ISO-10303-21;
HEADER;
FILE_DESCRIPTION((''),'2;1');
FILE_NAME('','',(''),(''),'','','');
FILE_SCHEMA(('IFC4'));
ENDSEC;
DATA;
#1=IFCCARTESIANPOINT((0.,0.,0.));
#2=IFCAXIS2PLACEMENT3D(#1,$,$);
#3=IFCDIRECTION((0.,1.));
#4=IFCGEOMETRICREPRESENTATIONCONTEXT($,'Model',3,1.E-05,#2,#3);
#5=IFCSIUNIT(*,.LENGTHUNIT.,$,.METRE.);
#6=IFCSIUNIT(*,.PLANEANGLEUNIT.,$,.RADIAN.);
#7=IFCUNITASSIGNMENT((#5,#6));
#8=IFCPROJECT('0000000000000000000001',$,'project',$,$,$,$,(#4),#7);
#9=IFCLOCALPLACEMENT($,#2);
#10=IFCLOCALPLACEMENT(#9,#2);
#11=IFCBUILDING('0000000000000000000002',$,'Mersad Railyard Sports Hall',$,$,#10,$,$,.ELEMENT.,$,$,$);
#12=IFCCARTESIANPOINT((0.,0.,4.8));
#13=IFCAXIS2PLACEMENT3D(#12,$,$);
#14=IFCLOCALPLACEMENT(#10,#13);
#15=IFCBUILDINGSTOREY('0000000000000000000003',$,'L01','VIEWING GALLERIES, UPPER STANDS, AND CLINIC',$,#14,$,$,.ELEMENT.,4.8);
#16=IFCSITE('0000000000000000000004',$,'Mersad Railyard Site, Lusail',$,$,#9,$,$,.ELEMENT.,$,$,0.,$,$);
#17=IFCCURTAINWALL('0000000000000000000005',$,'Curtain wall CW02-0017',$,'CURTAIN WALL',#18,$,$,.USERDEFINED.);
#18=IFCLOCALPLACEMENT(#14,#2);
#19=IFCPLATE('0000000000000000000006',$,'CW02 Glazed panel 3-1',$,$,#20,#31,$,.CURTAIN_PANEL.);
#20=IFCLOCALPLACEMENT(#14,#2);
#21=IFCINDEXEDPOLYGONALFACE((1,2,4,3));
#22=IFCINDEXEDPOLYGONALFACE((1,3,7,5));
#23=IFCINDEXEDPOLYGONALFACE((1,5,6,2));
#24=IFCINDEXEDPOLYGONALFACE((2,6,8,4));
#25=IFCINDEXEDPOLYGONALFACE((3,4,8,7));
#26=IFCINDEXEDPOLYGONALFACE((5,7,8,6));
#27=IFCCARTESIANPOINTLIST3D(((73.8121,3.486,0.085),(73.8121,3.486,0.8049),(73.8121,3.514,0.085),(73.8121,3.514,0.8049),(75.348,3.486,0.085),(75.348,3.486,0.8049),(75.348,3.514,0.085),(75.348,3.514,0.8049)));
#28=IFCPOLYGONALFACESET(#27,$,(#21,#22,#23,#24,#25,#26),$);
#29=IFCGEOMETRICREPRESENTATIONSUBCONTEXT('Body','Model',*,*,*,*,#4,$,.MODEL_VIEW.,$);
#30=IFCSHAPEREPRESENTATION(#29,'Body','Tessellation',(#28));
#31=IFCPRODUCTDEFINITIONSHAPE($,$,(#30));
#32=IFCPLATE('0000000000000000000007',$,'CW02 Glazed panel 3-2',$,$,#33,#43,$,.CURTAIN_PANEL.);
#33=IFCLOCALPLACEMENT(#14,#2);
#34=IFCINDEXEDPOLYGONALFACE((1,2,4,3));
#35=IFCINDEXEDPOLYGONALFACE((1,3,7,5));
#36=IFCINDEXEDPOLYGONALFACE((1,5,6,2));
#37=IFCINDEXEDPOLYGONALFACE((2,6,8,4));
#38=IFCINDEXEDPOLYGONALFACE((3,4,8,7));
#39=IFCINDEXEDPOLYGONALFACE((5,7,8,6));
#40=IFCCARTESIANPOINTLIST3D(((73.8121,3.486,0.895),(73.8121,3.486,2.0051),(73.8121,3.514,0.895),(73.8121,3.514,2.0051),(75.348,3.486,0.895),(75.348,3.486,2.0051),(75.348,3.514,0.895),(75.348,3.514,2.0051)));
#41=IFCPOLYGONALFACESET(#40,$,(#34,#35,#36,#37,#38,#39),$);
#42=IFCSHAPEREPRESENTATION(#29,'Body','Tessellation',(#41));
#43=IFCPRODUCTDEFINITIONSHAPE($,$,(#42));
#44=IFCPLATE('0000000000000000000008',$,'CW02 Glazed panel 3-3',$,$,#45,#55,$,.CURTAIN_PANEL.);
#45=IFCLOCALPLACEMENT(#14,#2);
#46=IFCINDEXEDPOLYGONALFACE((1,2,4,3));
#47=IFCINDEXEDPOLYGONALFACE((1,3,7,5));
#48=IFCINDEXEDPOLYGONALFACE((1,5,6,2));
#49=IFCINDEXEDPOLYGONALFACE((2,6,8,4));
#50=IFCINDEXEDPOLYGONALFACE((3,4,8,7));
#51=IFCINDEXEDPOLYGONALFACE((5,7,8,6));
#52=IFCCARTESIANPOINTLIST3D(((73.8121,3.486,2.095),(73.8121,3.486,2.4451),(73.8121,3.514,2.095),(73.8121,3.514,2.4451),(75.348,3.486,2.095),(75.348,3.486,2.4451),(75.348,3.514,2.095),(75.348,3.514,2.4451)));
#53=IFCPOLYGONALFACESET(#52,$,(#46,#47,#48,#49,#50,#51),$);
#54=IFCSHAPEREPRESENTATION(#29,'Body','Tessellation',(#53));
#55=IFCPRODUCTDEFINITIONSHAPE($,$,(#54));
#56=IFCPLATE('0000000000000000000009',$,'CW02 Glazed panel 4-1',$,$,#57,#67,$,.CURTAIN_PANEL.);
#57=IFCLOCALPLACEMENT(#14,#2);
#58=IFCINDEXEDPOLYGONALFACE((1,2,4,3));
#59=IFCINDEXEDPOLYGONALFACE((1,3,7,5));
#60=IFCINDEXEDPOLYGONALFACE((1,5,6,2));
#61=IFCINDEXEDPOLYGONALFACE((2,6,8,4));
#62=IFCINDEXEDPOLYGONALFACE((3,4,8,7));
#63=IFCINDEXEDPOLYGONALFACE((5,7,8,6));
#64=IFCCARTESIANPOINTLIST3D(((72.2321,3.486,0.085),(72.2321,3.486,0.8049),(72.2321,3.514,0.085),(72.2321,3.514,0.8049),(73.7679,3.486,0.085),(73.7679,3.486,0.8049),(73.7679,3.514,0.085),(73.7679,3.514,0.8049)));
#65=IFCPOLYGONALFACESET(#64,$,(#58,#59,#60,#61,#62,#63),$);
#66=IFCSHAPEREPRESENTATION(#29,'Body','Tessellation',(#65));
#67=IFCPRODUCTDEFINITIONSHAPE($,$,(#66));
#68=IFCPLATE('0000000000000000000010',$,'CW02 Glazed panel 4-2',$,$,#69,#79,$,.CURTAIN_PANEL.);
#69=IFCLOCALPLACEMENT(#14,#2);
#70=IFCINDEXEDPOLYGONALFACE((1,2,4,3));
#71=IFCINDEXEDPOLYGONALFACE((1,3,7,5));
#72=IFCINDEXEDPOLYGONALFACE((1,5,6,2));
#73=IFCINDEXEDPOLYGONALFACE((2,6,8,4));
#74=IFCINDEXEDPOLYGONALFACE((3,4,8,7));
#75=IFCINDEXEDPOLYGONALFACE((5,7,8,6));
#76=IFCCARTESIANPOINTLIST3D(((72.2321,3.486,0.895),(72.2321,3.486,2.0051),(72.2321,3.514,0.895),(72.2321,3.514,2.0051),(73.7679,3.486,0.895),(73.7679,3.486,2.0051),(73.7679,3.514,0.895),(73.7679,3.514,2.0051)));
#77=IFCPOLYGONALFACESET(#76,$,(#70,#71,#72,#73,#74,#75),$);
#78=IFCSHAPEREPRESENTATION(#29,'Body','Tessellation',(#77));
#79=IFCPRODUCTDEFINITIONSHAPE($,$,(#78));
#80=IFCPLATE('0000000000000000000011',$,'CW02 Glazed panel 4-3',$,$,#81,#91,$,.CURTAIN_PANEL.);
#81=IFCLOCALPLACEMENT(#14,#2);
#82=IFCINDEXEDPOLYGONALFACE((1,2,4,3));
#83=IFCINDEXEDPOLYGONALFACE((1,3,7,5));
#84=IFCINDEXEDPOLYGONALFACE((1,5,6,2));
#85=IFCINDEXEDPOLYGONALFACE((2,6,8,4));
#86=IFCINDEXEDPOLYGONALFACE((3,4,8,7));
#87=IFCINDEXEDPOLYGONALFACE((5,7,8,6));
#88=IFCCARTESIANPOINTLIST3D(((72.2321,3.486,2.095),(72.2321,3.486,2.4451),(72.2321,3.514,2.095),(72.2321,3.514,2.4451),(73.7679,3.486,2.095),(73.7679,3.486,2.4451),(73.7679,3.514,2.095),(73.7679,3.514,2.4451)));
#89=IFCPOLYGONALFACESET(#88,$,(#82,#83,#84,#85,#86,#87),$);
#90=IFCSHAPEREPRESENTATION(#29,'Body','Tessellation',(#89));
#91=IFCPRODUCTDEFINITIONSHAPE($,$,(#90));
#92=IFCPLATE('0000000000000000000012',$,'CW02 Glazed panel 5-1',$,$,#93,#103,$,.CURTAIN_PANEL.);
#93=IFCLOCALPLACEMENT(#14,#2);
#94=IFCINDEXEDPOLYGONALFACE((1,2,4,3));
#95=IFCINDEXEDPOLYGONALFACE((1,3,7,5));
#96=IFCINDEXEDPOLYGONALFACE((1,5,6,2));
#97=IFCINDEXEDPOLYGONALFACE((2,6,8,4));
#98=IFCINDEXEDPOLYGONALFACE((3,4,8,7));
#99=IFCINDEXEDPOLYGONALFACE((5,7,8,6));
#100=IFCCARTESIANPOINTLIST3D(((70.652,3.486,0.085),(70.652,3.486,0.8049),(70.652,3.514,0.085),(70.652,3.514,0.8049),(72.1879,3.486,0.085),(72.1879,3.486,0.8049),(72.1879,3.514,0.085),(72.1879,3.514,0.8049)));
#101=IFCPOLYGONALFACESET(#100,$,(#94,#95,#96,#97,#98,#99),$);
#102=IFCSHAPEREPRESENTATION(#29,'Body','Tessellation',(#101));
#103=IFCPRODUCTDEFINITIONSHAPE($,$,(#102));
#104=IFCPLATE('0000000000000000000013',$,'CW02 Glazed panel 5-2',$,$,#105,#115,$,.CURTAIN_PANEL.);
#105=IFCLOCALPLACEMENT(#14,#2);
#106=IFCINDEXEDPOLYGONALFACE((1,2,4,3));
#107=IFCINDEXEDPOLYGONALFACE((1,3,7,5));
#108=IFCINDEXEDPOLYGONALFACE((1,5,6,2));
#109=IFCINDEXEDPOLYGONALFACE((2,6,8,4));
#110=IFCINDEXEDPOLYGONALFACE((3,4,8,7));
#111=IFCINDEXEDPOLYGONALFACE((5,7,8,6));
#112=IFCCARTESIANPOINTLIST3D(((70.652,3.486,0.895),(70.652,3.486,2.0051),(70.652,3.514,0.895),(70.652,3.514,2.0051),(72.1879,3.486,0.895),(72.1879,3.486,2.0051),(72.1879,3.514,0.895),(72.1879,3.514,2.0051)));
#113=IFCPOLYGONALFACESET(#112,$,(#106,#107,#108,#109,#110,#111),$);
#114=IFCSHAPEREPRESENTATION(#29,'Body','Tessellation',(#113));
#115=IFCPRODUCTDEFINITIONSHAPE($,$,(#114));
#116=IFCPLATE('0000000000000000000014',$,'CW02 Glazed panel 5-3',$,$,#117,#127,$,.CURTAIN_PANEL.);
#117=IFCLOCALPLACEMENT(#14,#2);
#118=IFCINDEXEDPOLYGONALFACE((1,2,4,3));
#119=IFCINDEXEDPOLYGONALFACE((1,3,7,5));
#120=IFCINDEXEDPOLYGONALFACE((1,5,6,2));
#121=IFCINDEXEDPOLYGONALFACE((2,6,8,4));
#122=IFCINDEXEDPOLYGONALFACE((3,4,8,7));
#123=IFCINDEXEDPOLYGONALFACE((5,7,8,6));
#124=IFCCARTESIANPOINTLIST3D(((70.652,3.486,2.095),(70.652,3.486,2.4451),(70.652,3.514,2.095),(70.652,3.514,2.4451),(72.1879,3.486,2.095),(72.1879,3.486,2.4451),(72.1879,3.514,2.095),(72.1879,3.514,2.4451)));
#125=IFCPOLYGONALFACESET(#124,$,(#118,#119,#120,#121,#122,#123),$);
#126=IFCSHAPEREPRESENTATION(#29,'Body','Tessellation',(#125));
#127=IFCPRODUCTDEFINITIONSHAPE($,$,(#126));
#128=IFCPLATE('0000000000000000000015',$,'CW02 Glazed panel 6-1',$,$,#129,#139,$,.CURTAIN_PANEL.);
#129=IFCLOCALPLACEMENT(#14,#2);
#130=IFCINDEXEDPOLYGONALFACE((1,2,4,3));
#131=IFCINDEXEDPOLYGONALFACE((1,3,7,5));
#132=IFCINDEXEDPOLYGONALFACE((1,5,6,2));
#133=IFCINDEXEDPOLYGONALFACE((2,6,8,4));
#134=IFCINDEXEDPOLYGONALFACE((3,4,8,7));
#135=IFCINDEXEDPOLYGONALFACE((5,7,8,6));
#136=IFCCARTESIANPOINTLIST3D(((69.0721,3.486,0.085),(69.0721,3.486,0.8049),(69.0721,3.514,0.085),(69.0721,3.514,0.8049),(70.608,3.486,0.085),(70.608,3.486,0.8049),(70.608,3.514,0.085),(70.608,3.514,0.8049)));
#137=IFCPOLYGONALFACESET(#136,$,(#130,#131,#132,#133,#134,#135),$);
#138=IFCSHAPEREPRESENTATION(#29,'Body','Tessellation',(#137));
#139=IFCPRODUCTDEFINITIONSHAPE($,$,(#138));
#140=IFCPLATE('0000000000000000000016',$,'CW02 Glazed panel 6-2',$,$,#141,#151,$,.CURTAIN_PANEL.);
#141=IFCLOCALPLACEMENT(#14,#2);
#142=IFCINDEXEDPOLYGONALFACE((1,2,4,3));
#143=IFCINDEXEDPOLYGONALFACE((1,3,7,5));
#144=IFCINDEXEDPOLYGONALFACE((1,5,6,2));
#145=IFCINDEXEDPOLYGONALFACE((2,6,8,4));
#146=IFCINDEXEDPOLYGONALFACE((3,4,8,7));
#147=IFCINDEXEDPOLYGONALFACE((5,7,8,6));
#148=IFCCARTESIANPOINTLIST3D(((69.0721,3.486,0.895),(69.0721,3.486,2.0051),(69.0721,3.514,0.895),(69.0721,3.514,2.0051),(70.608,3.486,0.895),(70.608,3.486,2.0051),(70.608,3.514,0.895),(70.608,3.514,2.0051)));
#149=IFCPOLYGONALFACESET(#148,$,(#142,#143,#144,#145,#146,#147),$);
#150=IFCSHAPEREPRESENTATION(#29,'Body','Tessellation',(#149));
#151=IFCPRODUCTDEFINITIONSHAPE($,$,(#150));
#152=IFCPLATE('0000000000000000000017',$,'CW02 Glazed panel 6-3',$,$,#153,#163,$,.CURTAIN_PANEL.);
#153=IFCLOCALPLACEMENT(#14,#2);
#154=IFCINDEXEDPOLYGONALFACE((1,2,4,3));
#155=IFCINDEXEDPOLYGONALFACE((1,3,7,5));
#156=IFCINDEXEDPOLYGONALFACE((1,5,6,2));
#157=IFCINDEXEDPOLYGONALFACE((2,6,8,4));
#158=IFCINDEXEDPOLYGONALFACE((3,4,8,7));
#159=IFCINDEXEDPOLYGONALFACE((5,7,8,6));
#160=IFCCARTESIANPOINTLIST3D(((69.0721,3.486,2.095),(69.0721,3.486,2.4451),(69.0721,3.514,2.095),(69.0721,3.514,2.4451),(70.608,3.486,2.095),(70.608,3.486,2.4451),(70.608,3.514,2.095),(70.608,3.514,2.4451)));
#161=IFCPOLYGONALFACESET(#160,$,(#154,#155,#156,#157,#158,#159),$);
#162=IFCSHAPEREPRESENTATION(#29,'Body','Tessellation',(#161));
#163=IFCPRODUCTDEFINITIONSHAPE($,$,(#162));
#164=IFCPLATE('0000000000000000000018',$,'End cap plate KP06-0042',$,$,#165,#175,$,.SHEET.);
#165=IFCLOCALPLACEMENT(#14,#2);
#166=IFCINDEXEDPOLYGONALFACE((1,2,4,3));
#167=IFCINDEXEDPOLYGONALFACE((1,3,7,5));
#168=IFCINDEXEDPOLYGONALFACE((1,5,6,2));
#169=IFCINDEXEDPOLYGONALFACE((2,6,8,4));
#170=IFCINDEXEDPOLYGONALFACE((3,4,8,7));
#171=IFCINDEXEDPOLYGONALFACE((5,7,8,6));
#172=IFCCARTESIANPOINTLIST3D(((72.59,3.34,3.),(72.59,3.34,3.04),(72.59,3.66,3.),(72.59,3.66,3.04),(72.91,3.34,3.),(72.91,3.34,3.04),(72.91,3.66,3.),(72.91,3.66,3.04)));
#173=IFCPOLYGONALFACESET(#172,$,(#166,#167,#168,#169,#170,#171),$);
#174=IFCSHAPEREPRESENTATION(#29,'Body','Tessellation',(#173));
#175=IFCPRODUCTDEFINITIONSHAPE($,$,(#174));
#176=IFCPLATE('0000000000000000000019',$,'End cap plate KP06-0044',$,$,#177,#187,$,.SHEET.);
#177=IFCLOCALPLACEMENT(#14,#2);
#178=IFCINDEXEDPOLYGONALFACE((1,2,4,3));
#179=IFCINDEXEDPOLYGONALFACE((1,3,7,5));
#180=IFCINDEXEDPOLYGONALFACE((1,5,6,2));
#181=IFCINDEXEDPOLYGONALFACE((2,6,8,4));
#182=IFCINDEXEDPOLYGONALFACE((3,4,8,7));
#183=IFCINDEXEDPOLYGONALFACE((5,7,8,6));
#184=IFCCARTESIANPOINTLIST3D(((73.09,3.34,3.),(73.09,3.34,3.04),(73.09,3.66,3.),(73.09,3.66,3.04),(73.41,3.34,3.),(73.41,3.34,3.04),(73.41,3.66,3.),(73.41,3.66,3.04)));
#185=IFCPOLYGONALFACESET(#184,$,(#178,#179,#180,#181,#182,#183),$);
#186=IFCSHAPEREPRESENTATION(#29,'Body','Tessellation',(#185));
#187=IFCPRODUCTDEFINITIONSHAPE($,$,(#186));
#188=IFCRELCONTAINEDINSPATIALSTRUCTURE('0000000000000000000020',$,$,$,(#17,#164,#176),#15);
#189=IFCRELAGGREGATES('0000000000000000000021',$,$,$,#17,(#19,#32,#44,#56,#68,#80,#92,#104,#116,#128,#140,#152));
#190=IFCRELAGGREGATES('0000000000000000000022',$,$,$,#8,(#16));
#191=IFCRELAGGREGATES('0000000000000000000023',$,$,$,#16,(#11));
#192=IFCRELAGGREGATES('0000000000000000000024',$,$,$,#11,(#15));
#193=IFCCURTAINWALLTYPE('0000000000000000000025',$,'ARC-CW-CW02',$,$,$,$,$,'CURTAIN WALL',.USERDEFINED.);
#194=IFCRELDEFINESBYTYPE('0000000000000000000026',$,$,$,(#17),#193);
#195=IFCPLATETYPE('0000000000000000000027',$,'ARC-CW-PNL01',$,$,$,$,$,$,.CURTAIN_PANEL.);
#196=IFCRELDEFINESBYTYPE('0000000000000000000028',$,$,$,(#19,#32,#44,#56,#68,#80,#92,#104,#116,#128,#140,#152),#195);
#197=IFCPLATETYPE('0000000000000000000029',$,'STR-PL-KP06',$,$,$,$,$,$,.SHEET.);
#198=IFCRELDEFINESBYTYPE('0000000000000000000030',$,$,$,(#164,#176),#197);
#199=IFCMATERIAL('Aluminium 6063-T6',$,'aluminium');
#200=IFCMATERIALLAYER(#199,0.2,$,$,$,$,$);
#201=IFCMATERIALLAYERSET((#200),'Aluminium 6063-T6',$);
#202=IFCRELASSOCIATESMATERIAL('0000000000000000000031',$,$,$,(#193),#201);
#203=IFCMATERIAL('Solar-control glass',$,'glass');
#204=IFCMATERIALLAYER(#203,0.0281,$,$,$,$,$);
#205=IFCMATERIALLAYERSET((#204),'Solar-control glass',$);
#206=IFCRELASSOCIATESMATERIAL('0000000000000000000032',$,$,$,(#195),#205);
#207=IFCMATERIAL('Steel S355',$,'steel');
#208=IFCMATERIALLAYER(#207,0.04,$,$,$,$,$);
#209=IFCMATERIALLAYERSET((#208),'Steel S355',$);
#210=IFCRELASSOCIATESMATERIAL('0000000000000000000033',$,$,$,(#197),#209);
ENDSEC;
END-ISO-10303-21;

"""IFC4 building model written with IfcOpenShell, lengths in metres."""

from ifc_helpers import new_model, si_unit, direction, frame, origin, origin_2d, place, context, subcontext, project, spatial, rectangle, extrude, material, layer, layer_set, type_object, element, aggregate, save


model = new_model("IFC4")

# Units and contexts
model_context = context("Model", 3, precision=1e-05, world=origin(), true_north=direction((0.0, 1.0)))
body_context = subcontext(model_context, "Body", "Model", "MODEL_VIEW")
ifc_project = project(units=[si_unit("LENGTHUNIT", "METRE"), si_unit("PLANEANGLEUNIT", "RADIAN")], contexts=[model_context])

# Site, building, storey
site_placement = place(None, origin())
site = spatial("IfcSite", under=ifc_project, at=site_placement, Name="Mersad Railyard Site, Lusail", CompositionType="ELEMENT", RefElevation=0.0)
building_placement = place(site_placement, origin())
building = spatial("IfcBuilding", under=site, at=building_placement, Name="Mersad Railyard Sports Hall", CompositionType="ELEMENT")
storey_placement = place(building_placement, frame((0.0, 0.0, 4.8)))
storey = spatial("IfcBuildingStorey", under=building, at=storey_placement, Name="L01", Description="VIEWING GALLERIES, UPPER STANDS, AND CLINIC", CompositionType="ELEMENT", Elevation=4.8)

# Curtain wall
ifc_material_1 = material(Name="Aluminium 6063-T6", Category="aluminium")
ifc_layer_1 = layer(ifc_material_1, 0.2)
ifc_layer_set_1 = layer_set([ifc_layer_1], Name="Aluminium 6063-T6")
curtain_wall_type = type_object("IfcCurtainWallType", Name="ARC-CW-CW02", ElementType="CURTAIN WALL", PredefinedType="USERDEFINED", material=ifc_layer_set_1)
curtain_wall_placement = place(storey_placement, origin())
curtain_wall = element("IfcCurtainWall", 1, at=curtain_wall_placement, inside=storey, type_object=curtain_wall_type, Name="Curtain wall CW02-0017", ObjectType="CURTAIN WALL", PredefinedType="USERDEFINED")

# Plates
ifc_material_2 = material(Name="Solar-control glass", Category="glass")
ifc_layer_2 = layer(ifc_material_2, 0.0281)
ifc_layer_set_2 = layer_set([ifc_layer_2], Name="Solar-control glass")
plate_type_1 = type_object("IfcPlateType", Name="ARC-CW-PNL01", PredefinedType="CURTAIN_PANEL", material=ifc_layer_set_2)
plate_1_placement = place(storey_placement, frame((74.5801, 3.5, 0.085), z_axis=(0.0, 0.0, 1.0), x_axis=(-1.0, 0.0, 0.0)))
plate_1 = element("IfcPlate", 2, at=plate_1_placement, type_object=plate_type_1, Name="CW02 Glazed panel 3-1", PredefinedType="CURTAIN_PANEL", context=body_context, shape_type="SweptSolid", body=[
    extrude(rectangle(XDim=1.5359, YDim=0.0281, at=origin_2d()), origin(), (0.0, 0.0, 1.0), 0.72),
])
plate_2_placement = place(storey_placement, frame((74.5801, 3.5, 0.895), z_axis=(0.0, 0.0, 1.0), x_axis=(-1.0, 0.0, 0.0)))
plate_2 = element("IfcPlate", 3, at=plate_2_placement, type_object=plate_type_1, Name="CW02 Glazed panel 3-2", PredefinedType="CURTAIN_PANEL", context=body_context, shape_type="SweptSolid", body=[
    extrude(rectangle(XDim=1.5359, YDim=0.0281, at=origin_2d()), origin(), (0.0, 0.0, 1.0), 1.1101),
])
plate_3_placement = place(storey_placement, frame((74.5801, 3.5, 2.095), z_axis=(0.0, 0.0, 1.0), x_axis=(-1.0, 0.0, 0.0)))
plate_3 = element("IfcPlate", 4, at=plate_3_placement, type_object=plate_type_1, Name="CW02 Glazed panel 3-3", PredefinedType="CURTAIN_PANEL", context=body_context, shape_type="SweptSolid", body=[
    extrude(rectangle(XDim=1.5359, YDim=0.0281, at=origin_2d()), origin(), (0.0, 0.0, 1.0), 0.3501),
])
plate_4_placement = place(storey_placement, frame((73.0, 3.5, 0.085), z_axis=(0.0, 0.0, 1.0), x_axis=(-1.0, 0.0, 0.0)))
plate_4 = element("IfcPlate", 5, at=plate_4_placement, type_object=plate_type_1, Name="CW02 Glazed panel 4-1", PredefinedType="CURTAIN_PANEL", context=body_context, shape_type="SweptSolid", body=[
    extrude(rectangle(XDim=1.5359, YDim=0.0281, at=origin_2d()), origin(), (0.0, 0.0, 1.0), 0.72),
])
plate_5_placement = place(storey_placement, frame((73.0, 3.5, 0.895), z_axis=(0.0, 0.0, 1.0), x_axis=(-1.0, 0.0, 0.0)))
plate_5 = element("IfcPlate", 6, at=plate_5_placement, type_object=plate_type_1, Name="CW02 Glazed panel 4-2", PredefinedType="CURTAIN_PANEL", context=body_context, shape_type="SweptSolid", body=[
    extrude(rectangle(XDim=1.5359, YDim=0.0281, at=origin_2d()), origin(), (0.0, 0.0, 1.0), 1.1101),
])
plate_6_placement = place(storey_placement, frame((73.0, 3.5, 2.095), z_axis=(0.0, 0.0, 1.0), x_axis=(-1.0, 0.0, 0.0)))
plate_6 = element("IfcPlate", 7, at=plate_6_placement, type_object=plate_type_1, Name="CW02 Glazed panel 4-3", PredefinedType="CURTAIN_PANEL", context=body_context, shape_type="SweptSolid", body=[
    extrude(rectangle(XDim=1.5359, YDim=0.0281, at=origin_2d()), origin(), (0.0, 0.0, 1.0), 0.3501),
])
plate_7_placement = place(storey_placement, frame((71.4199, 3.5, 0.085), z_axis=(0.0, 0.0, 1.0), x_axis=(-1.0, 0.0, 0.0)))
plate_7 = element("IfcPlate", 8, at=plate_7_placement, type_object=plate_type_1, Name="CW02 Glazed panel 5-1", PredefinedType="CURTAIN_PANEL", context=body_context, shape_type="SweptSolid", body=[
    extrude(rectangle(XDim=1.5359, YDim=0.0281, at=origin_2d()), origin(), (0.0, 0.0, 1.0), 0.72),
])
plate_8_placement = place(storey_placement, frame((71.4199, 3.5, 0.895), z_axis=(0.0, 0.0, 1.0), x_axis=(-1.0, 0.0, 0.0)))
plate_8 = element("IfcPlate", 9, at=plate_8_placement, type_object=plate_type_1, Name="CW02 Glazed panel 5-2", PredefinedType="CURTAIN_PANEL", context=body_context, shape_type="SweptSolid", body=[
    extrude(rectangle(XDim=1.5359, YDim=0.0281, at=origin_2d()), origin(), (0.0, 0.0, 1.0), 1.1101),
])
plate_9_placement = place(storey_placement, frame((71.4199, 3.5, 2.095), z_axis=(0.0, 0.0, 1.0), x_axis=(-1.0, 0.0, 0.0)))
plate_9 = element("IfcPlate", 10, at=plate_9_placement, type_object=plate_type_1, Name="CW02 Glazed panel 5-3", PredefinedType="CURTAIN_PANEL", context=body_context, shape_type="SweptSolid", body=[
    extrude(rectangle(XDim=1.5359, YDim=0.0281, at=origin_2d()), origin(), (0.0, 0.0, 1.0), 0.3501),
])
plate_10_placement = place(storey_placement, frame((69.8401, 3.5, 0.085), z_axis=(0.0, 0.0, 1.0), x_axis=(-1.0, 0.0, 0.0)))
plate_10 = element("IfcPlate", 11, at=plate_10_placement, type_object=plate_type_1, Name="CW02 Glazed panel 6-1", PredefinedType="CURTAIN_PANEL", context=body_context, shape_type="SweptSolid", body=[
    extrude(rectangle(XDim=1.5359, YDim=0.0281, at=origin_2d()), origin(), (0.0, 0.0, 1.0), 0.72),
])
plate_11_placement = place(storey_placement, frame((69.8401, 3.5, 0.895), z_axis=(0.0, 0.0, 1.0), x_axis=(-1.0, 0.0, 0.0)))
plate_11 = element("IfcPlate", 12, at=plate_11_placement, type_object=plate_type_1, Name="CW02 Glazed panel 6-2", PredefinedType="CURTAIN_PANEL", context=body_context, shape_type="SweptSolid", body=[
    extrude(rectangle(XDim=1.5359, YDim=0.0281, at=origin_2d()), origin(), (0.0, 0.0, 1.0), 1.1101),
])
plate_12_placement = place(storey_placement, frame((69.8401, 3.5, 2.095), z_axis=(0.0, 0.0, 1.0), x_axis=(-1.0, 0.0, 0.0)))
plate_12 = element("IfcPlate", 13, at=plate_12_placement, type_object=plate_type_1, Name="CW02 Glazed panel 6-3", PredefinedType="CURTAIN_PANEL", context=body_context, shape_type="SweptSolid", body=[
    extrude(rectangle(XDim=1.5359, YDim=0.0281, at=origin_2d()), origin(), (0.0, 0.0, 1.0), 0.3501),
])
aggregate(curtain_wall, [plate_1, plate_2, plate_3, plate_4, plate_5, plate_6, plate_7, plate_8, plate_9, plate_10, plate_11, plate_12])

# Plates
ifc_material_3 = material(Name="Steel S355", Category="steel")
ifc_layer_3 = layer(ifc_material_3, 0.04)
ifc_layer_set_3 = layer_set([ifc_layer_3], Name="Steel S355")
plate_type_2 = type_object("IfcPlateType", Name="STR-PL-KP06", PredefinedType="SHEET", material=ifc_layer_set_3)
for number, where, z_axis, x_axis, name in (
    (14, (72.75, 3.5, 3.0), (0.0, 0.0, 1.0), (1.0, 0.0, 0.0), "End cap plate KP06-0042"),
    (15, (73.25, 3.5, 3.0), (0.0, 0.0, 1.0), (1.0, 0.0, 0.0), "End cap plate KP06-0044"),
):
    element("IfcPlate", number, at=place(storey_placement, frame(where, z_axis=z_axis, x_axis=x_axis)), inside=storey, type_object=plate_type_2, Name=name, PredefinedType="SHEET", context=body_context, shape_type="SweptSolid", body=[
        extrude(rectangle(XDim=0.3201, YDim=0.3201, at=origin_2d()), origin(), (0.0, 0.0, 1.0), 0.04),
    ])

save(model, "model.ifc")
